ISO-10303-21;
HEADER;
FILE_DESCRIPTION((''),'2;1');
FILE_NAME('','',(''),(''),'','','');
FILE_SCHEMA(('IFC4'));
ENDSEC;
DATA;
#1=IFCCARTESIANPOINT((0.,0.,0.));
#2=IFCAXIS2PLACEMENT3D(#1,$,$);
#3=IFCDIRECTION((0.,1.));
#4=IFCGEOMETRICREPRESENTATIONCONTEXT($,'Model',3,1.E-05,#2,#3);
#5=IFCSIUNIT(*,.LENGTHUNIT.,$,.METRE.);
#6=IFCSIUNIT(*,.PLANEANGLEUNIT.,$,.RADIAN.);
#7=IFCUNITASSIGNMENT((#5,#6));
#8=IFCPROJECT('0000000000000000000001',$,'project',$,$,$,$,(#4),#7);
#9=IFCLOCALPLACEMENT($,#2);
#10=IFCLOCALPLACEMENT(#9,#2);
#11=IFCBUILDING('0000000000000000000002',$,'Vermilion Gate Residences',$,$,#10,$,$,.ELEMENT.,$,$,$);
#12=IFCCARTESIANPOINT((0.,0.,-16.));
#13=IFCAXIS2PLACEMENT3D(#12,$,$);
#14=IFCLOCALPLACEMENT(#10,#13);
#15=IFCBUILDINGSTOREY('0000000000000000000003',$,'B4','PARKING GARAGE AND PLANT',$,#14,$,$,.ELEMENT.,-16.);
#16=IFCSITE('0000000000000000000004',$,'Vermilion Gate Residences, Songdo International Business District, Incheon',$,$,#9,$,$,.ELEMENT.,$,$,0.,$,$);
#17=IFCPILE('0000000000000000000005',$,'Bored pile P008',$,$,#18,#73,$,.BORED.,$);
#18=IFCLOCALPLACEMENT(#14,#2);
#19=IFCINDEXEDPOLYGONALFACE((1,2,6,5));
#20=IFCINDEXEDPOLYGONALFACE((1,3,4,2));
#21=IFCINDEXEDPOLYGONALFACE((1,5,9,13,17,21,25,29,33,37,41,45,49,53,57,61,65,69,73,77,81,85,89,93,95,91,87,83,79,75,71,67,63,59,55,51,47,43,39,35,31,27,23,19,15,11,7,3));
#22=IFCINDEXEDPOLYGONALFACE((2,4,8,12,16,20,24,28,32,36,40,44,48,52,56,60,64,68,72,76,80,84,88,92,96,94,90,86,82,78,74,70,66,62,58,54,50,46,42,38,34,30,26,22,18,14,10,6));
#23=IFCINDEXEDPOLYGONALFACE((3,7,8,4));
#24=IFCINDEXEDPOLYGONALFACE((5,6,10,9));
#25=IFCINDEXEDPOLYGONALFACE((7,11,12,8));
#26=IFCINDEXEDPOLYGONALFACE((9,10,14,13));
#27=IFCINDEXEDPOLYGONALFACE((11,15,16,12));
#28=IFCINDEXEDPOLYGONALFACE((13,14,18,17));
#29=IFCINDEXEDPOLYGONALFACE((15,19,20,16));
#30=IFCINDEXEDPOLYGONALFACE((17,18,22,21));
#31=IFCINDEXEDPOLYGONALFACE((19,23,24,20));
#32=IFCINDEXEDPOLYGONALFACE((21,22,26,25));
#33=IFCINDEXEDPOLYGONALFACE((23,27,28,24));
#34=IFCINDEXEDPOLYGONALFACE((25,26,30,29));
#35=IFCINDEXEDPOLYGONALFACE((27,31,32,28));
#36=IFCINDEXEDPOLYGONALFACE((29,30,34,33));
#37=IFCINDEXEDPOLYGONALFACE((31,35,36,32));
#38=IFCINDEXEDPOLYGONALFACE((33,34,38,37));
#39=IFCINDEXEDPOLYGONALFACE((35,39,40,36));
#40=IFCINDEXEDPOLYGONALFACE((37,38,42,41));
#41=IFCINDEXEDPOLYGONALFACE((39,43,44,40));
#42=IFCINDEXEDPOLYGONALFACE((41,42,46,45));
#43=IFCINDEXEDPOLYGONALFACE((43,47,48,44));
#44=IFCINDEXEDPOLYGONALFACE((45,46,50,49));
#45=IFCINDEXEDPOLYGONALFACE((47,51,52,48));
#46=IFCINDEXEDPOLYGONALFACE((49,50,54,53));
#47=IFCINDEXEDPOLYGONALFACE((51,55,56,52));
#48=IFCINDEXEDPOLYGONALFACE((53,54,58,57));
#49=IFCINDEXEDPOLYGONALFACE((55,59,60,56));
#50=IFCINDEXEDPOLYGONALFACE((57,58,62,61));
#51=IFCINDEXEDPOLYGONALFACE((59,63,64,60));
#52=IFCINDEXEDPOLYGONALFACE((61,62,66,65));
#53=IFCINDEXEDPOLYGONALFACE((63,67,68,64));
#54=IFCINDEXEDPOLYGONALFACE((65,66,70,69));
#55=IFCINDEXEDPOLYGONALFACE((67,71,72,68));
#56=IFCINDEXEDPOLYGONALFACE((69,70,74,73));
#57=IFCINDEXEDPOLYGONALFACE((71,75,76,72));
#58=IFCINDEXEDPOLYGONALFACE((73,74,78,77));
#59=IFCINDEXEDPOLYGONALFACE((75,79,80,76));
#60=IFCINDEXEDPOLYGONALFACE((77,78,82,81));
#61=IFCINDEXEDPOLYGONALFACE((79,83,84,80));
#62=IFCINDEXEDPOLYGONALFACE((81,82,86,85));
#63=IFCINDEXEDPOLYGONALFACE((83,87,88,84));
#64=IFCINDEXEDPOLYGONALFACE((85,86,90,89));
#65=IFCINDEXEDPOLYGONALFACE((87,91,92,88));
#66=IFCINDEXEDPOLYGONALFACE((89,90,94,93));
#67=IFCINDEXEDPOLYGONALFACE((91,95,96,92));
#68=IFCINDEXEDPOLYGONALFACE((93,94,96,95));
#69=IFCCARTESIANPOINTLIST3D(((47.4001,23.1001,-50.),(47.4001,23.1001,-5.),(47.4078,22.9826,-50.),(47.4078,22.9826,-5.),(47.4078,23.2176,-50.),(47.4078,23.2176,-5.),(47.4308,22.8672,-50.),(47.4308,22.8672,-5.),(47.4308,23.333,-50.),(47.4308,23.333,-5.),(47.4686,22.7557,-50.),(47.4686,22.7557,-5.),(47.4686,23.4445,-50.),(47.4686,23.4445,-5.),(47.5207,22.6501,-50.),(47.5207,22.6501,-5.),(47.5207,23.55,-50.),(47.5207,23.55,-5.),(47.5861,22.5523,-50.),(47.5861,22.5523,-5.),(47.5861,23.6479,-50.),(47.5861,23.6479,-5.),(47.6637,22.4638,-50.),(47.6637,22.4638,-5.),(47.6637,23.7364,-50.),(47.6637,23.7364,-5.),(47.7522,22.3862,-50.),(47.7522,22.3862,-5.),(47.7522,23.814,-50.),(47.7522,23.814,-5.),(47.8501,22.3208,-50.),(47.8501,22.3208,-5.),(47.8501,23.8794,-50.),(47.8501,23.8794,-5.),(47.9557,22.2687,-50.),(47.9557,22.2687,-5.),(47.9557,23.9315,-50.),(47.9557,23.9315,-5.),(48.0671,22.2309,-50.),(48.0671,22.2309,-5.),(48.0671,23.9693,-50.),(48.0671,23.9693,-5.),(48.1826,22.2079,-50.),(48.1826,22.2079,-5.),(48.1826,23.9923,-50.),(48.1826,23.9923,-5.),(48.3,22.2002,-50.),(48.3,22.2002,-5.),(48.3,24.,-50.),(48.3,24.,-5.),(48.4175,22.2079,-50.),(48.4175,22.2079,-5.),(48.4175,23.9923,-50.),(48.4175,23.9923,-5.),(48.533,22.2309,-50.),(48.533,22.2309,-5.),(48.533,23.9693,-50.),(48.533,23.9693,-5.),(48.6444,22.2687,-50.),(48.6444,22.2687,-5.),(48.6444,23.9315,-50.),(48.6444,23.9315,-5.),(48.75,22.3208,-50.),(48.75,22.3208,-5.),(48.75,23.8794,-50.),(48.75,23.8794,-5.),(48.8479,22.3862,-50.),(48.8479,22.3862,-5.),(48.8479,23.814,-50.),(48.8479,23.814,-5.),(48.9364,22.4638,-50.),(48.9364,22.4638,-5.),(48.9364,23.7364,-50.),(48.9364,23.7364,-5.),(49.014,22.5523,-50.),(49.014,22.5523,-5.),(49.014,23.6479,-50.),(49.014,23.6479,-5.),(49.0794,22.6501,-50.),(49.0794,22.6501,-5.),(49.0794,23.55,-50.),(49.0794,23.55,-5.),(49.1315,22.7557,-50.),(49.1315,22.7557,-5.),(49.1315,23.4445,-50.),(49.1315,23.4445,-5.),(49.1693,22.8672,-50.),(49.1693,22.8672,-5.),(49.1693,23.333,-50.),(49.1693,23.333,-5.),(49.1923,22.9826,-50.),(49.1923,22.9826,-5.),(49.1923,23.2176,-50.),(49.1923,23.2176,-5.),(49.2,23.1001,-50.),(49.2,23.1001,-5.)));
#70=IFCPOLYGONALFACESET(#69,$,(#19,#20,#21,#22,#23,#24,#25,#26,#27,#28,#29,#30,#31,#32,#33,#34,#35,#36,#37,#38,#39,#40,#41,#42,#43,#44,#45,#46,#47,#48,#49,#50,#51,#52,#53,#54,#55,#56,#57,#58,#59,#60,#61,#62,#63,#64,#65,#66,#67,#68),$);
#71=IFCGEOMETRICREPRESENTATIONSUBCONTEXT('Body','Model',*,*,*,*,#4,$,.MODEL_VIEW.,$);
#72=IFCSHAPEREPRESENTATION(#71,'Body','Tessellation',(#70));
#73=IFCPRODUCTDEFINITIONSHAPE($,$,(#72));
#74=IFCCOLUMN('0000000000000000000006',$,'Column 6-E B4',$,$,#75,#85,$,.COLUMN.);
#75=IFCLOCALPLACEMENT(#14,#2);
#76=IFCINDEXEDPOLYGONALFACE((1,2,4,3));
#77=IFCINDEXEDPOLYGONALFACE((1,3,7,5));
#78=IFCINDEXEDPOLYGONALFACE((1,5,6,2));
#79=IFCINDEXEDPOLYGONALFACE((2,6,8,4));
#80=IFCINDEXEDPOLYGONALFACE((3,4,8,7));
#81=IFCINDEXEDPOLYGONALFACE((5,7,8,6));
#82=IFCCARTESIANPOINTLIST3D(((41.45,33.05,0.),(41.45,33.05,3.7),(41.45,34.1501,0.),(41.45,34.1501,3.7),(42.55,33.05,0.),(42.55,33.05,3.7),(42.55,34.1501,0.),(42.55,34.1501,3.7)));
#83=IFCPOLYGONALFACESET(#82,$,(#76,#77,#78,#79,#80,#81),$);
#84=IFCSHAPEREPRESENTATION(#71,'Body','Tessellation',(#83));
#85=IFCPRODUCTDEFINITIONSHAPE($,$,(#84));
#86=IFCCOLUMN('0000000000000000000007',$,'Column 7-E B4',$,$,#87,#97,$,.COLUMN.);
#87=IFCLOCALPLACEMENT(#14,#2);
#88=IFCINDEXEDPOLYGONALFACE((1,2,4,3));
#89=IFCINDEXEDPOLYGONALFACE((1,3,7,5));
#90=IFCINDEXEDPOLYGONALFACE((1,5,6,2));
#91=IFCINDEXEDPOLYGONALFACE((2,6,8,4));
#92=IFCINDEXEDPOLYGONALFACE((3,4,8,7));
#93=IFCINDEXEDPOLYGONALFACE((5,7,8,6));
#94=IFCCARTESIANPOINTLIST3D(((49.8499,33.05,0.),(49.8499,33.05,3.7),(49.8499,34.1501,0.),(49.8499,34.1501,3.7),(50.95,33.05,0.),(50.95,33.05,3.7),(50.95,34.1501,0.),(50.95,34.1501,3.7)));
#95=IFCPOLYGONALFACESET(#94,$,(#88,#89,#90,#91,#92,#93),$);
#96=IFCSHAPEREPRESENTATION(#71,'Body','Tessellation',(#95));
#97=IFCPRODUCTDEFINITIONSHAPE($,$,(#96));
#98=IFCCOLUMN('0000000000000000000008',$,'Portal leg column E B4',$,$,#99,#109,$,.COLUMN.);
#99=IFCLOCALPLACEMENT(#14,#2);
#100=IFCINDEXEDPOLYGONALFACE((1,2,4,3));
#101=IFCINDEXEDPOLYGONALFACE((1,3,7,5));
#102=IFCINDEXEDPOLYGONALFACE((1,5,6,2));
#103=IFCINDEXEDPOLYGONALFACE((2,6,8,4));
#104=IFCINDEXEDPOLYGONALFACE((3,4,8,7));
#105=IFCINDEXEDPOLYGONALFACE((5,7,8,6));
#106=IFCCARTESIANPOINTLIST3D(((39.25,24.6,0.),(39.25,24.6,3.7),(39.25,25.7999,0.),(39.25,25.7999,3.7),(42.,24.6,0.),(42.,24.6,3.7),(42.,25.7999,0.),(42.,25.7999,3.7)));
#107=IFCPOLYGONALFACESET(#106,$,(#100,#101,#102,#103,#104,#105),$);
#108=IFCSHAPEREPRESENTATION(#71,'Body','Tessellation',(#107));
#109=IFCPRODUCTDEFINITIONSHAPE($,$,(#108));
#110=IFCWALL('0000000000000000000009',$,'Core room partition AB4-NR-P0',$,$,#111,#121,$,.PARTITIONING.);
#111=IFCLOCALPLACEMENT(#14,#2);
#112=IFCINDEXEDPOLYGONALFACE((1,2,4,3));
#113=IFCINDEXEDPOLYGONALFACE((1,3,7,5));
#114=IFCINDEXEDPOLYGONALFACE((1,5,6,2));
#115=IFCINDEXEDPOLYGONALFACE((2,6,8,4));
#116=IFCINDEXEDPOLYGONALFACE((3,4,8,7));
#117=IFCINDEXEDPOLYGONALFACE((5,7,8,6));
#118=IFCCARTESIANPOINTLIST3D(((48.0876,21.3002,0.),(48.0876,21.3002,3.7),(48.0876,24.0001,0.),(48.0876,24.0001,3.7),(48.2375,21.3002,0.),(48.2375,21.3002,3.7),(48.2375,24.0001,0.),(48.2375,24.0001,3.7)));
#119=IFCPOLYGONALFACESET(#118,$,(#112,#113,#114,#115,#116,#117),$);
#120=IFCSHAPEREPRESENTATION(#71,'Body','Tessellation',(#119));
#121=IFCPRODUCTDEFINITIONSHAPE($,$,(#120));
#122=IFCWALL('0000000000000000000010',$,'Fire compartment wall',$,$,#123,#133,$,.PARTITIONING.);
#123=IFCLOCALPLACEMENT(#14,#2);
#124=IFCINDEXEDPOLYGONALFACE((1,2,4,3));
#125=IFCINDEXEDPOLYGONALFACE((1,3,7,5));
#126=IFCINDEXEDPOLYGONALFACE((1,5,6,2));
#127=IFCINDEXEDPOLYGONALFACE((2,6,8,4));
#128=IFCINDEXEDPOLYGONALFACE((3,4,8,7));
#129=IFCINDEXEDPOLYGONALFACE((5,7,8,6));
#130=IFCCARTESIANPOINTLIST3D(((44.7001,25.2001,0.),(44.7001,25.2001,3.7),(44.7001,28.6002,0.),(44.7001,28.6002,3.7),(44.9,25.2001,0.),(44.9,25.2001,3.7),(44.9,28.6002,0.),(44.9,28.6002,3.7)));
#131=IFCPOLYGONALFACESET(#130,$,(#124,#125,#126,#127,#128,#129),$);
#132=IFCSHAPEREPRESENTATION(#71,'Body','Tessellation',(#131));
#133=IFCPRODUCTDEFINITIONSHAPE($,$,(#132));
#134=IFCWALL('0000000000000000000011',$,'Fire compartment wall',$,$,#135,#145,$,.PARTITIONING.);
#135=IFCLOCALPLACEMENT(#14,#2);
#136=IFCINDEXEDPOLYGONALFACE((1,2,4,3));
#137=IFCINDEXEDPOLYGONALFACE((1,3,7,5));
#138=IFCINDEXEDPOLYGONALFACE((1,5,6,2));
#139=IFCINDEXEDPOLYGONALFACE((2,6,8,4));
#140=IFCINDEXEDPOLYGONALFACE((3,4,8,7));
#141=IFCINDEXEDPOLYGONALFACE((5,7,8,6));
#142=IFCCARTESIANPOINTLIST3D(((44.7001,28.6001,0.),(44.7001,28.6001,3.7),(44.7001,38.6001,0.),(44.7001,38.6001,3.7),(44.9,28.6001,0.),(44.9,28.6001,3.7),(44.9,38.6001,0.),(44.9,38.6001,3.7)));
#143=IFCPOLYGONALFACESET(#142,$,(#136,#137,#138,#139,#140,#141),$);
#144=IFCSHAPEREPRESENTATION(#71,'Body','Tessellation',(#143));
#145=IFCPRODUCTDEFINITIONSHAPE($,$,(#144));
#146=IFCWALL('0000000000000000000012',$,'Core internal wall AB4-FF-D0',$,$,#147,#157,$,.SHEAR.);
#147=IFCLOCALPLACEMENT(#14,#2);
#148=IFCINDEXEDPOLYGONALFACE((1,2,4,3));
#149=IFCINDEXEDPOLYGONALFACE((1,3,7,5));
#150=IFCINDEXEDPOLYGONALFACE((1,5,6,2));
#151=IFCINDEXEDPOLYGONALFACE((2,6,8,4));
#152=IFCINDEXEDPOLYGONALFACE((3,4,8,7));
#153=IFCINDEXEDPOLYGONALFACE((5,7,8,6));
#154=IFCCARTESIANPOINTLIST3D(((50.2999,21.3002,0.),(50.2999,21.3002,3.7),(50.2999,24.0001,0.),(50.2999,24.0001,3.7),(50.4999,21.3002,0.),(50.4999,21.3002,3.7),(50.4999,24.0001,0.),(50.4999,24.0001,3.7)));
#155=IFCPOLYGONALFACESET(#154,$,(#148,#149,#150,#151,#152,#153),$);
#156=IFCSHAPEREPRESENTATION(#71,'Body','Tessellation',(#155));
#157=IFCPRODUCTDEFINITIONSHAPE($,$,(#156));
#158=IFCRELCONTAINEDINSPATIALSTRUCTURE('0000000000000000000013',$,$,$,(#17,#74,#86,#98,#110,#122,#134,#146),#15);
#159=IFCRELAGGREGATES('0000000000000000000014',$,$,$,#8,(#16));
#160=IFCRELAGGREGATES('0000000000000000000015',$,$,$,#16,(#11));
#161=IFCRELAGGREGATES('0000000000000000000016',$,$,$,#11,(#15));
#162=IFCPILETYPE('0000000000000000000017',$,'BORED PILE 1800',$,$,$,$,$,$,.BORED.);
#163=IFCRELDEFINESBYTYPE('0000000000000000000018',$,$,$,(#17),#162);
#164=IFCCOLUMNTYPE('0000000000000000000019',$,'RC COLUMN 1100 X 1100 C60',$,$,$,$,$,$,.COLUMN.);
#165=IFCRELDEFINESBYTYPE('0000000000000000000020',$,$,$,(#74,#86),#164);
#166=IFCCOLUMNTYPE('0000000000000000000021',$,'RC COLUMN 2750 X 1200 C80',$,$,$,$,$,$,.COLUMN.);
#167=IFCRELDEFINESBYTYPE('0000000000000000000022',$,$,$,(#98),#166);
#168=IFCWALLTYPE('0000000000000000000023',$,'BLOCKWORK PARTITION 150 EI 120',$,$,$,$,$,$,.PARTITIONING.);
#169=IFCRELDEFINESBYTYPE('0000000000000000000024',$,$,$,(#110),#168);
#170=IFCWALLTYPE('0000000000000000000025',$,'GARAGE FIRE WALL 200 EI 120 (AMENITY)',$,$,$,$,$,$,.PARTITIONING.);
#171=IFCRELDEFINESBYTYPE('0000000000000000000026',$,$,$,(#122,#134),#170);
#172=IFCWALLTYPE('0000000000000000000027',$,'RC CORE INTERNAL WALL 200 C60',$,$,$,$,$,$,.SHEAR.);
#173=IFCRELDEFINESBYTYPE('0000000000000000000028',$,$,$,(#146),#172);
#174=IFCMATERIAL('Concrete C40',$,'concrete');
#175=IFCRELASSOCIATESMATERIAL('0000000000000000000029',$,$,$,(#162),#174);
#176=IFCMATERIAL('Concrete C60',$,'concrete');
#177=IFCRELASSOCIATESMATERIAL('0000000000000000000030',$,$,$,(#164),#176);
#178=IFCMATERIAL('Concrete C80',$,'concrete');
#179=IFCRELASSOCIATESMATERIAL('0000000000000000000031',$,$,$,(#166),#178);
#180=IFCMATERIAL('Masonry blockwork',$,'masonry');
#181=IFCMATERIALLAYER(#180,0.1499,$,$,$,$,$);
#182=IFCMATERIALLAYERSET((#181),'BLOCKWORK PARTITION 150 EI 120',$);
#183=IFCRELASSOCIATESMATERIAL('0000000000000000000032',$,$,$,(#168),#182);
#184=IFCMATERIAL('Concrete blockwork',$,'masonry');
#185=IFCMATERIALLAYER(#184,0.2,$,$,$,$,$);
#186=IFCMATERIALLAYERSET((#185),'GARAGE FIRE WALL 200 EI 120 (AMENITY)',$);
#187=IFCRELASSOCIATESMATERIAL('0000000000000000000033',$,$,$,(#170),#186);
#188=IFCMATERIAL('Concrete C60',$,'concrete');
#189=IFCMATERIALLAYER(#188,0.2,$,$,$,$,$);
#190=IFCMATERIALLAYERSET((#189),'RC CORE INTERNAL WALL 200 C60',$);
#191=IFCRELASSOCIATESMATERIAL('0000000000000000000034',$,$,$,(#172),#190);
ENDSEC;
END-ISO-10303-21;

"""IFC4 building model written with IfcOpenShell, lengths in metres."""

from ifc_helpers import new_model, si_unit, direction, frame, frame_2d, origin, origin_2d, place, context, subcontext, project, spatial, rectangle, circle, extrude, material, layer, layer_set, material_profile, profile_set, type_object, element, save


model = new_model("IFC4")

# Units and contexts
model_context = context("Model", 3, precision=1e-05, world=origin(), true_north=direction((0.0, 1.0)))
body_context = subcontext(model_context, "Body", "Model", "MODEL_VIEW")
ifc_project = project(units=[si_unit("LENGTHUNIT", "METRE"), si_unit("PLANEANGLEUNIT", "RADIAN")], contexts=[model_context])

# Site, building, storey
site_placement = place(None, origin())
site = spatial("IfcSite", under=ifc_project, at=site_placement, Name="Vermilion Gate Residences, Songdo International Business District, Incheon", CompositionType="ELEMENT", RefElevation=0.0)
building_placement = place(site_placement, origin())
building = spatial("IfcBuilding", under=site, at=building_placement, Name="Vermilion Gate Residences", CompositionType="ELEMENT")
storey_placement = place(building_placement, frame((0.0, 0.0, -16.0)))
storey = spatial("IfcBuildingStorey", under=building, at=storey_placement, Name="B4", Description="PARKING GARAGE AND PLANT", CompositionType="ELEMENT", Elevation=-16.0)

# Pile
ifc_material_1 = material(Name="Concrete C40", Category="concrete")
ifc_material_profile_1 = material_profile(ifc_material_1, circle(Radius=0.8999, at=origin_2d()), Name="BORED PILE 1800")
ifc_profile_set_1 = profile_set([ifc_material_profile_1], Name="Concrete C40")
pile_type_1 = type_object("IfcPileType", Name="BORED PILE 1800", PredefinedType="BORED", material=ifc_profile_set_1)
for number, where, z_axis, x_axis, name in (
    (1, (48.3, 23.1001, -5.0), (0.0, 0.0, -1.0), (1.0, 0.0, 0.0), "Bored pile P008"),
):
    element("IfcPile", number, at=place(storey_placement, frame(where, z_axis=z_axis, x_axis=x_axis)), inside=storey, type_object=pile_type_1, Name=name, PredefinedType="BORED", context=body_context, shape_type="SweptSolid", body=[
        extrude(circle(Radius=0.8999, at=origin_2d()), origin(), (0.0, 0.0, 1.0), 45.0),
    ])

# Columns
ifc_material_2 = material(Name="Concrete C60", Category="concrete")
ifc_material_profile_2 = material_profile(ifc_material_2, rectangle(XDim=1.1001, YDim=1.1001, at=origin_2d()), Name="RC-1100x1100")
ifc_profile_set_2 = profile_set([ifc_material_profile_2], Name="Concrete C60")
column_type_1 = type_object("IfcColumnType", Name="RC COLUMN 1100 X 1100 C60", PredefinedType="COLUMN", material=ifc_profile_set_2)
for number, where, z_axis, x_axis, name in (
    (2, (42.0, 33.6001, 0.0), (0.0, 0.0, 1.0), (1.0, 0.0, 0.0), "Column 6-E B4"),
    (3, (50.3999, 33.6001, 0.0), (0.0, 0.0, 1.0), (1.0, 0.0, 0.0), "Column 7-E B4"),
):
    element("IfcColumn", number, at=place(storey_placement, frame(where, z_axis=z_axis, x_axis=x_axis)), inside=storey, type_object=column_type_1, Name=name, PredefinedType="COLUMN", context=body_context, shape_type="SweptSolid", body=[
        extrude(rectangle(XDim=1.1001, YDim=1.1001, at=origin_2d()), origin(), (0.0, 0.0, 1.0), 3.7),
    ])
ifc_material_3 = material(Name="Concrete C80", Category="concrete")
ifc_material_profile_3 = material_profile(ifc_material_3, rectangle(XDim=2.75, YDim=1.2, at=origin_2d()), Name="RC-2750x1200")
ifc_profile_set_3 = profile_set([ifc_material_profile_3], Name="Concrete C80")
column_type_2 = type_object("IfcColumnType", Name="RC COLUMN 2750 X 1200 C80", PredefinedType="COLUMN", material=ifc_profile_set_3)
column_placement = place(storey_placement, frame((40.625, 25.2, 0.0), z_axis=(0.0, 0.0, 1.0), x_axis=(1.0, 0.0, 0.0)))
element("IfcColumn", 4, at=column_placement, inside=storey, type_object=column_type_2, Name="Portal leg column E B4", PredefinedType="COLUMN", context=body_context, shape_type="SweptSolid", body=[
    extrude(rectangle(XDim=2.75, YDim=1.2, at=origin_2d()), origin(), (0.0, 0.0, 1.0), 3.7),
])

# Walls
ifc_material_4 = material(Name="Masonry blockwork", Category="masonry")
ifc_layer_1 = layer(ifc_material_4, 0.1499)
ifc_layer_set_1 = layer_set([ifc_layer_1], Name="BLOCKWORK PARTITION 150 EI 120")
wall_type_1 = type_object("IfcWallType", Name="BLOCKWORK PARTITION 150 EI 120", PredefinedType="PARTITIONING", material=ifc_layer_set_1)
wall_1_placement = place(storey_placement, frame((48.1626, 21.3, 0.0), z_axis=(0.0, 0.0, 1.0), x_axis=(0.0, 1.0, 0.0)))
element("IfcWall", 5, at=wall_1_placement, inside=storey, type_object=wall_type_1, Name="Core room partition AB4-NR-P0", PredefinedType="PARTITIONING", context=body_context, shape_type="SweptSolid", body=[
    extrude(rectangle(XDim=2.7, YDim=0.1499, at=frame_2d((1.3501, 0.0))), origin(), (0.0, 0.0, 1.0), 3.7),
])
ifc_material_5 = material(Name="Concrete blockwork", Category="masonry")
ifc_layer_2 = layer(ifc_material_5, 0.2)
ifc_layer_set_2 = layer_set([ifc_layer_2], Name="GARAGE FIRE WALL 200 EI 120 (AMENITY)")
wall_type_2 = type_object("IfcWallType", Name="GARAGE FIRE WALL 200 EI 120 (AMENITY)", PredefinedType="PARTITIONING", material=ifc_layer_set_2)
wall_2_placement = place(storey_placement, frame((44.8, 25.2, 0.0), z_axis=(0.0, 0.0, 1.0), x_axis=(0.0, 1.0, 0.0)))
element("IfcWall", 6, at=wall_2_placement, inside=storey, type_object=wall_type_2, Name="Fire compartment wall", PredefinedType="PARTITIONING", context=body_context, shape_type="SweptSolid", body=[
    extrude(rectangle(XDim=3.4001, YDim=0.2, at=frame_2d((1.7002, 0.0))), origin(), (0.0, 0.0, 1.0), 3.7),
])
wall_3_placement = place(storey_placement, frame((44.8, 28.6001, 0.0), z_axis=(0.0, 0.0, 1.0), x_axis=(0.0, 1.0, 0.0)))
element("IfcWall", 7, at=wall_3_placement, inside=storey, type_object=wall_type_2, Name="Fire compartment wall", PredefinedType="PARTITIONING", context=body_context, shape_type="SweptSolid", body=[
    extrude(rectangle(XDim=10.0, YDim=0.2, at=frame_2d((5.0, 0.0))), origin(), (0.0, 0.0, 1.0), 3.7),
])
ifc_material_6 = material(Name="Concrete C60", Category="concrete")
ifc_layer_3 = layer(ifc_material_6, 0.2)
ifc_layer_set_3 = layer_set([ifc_layer_3], Name="RC CORE INTERNAL WALL 200 C60")
wall_type_3 = type_object("IfcWallType", Name="RC CORE INTERNAL WALL 200 C60", PredefinedType="SHEAR", material=ifc_layer_set_3)
wall_4_placement = place(storey_placement, frame((50.3999, 21.3, 0.0), z_axis=(0.0, 0.0, 1.0), x_axis=(0.0, 1.0, 0.0)))
element("IfcWall", 8, at=wall_4_placement, inside=storey, type_object=wall_type_3, Name="Core internal wall AB4-FF-D0", PredefinedType="SHEAR", context=body_context, shape_type="SweptSolid", body=[
    extrude(rectangle(XDim=2.7, YDim=0.2, at=frame_2d((1.3501, 0.0))), origin(), (0.0, 0.0, 1.0), 3.7),
])

save(model, "model.ifc")
